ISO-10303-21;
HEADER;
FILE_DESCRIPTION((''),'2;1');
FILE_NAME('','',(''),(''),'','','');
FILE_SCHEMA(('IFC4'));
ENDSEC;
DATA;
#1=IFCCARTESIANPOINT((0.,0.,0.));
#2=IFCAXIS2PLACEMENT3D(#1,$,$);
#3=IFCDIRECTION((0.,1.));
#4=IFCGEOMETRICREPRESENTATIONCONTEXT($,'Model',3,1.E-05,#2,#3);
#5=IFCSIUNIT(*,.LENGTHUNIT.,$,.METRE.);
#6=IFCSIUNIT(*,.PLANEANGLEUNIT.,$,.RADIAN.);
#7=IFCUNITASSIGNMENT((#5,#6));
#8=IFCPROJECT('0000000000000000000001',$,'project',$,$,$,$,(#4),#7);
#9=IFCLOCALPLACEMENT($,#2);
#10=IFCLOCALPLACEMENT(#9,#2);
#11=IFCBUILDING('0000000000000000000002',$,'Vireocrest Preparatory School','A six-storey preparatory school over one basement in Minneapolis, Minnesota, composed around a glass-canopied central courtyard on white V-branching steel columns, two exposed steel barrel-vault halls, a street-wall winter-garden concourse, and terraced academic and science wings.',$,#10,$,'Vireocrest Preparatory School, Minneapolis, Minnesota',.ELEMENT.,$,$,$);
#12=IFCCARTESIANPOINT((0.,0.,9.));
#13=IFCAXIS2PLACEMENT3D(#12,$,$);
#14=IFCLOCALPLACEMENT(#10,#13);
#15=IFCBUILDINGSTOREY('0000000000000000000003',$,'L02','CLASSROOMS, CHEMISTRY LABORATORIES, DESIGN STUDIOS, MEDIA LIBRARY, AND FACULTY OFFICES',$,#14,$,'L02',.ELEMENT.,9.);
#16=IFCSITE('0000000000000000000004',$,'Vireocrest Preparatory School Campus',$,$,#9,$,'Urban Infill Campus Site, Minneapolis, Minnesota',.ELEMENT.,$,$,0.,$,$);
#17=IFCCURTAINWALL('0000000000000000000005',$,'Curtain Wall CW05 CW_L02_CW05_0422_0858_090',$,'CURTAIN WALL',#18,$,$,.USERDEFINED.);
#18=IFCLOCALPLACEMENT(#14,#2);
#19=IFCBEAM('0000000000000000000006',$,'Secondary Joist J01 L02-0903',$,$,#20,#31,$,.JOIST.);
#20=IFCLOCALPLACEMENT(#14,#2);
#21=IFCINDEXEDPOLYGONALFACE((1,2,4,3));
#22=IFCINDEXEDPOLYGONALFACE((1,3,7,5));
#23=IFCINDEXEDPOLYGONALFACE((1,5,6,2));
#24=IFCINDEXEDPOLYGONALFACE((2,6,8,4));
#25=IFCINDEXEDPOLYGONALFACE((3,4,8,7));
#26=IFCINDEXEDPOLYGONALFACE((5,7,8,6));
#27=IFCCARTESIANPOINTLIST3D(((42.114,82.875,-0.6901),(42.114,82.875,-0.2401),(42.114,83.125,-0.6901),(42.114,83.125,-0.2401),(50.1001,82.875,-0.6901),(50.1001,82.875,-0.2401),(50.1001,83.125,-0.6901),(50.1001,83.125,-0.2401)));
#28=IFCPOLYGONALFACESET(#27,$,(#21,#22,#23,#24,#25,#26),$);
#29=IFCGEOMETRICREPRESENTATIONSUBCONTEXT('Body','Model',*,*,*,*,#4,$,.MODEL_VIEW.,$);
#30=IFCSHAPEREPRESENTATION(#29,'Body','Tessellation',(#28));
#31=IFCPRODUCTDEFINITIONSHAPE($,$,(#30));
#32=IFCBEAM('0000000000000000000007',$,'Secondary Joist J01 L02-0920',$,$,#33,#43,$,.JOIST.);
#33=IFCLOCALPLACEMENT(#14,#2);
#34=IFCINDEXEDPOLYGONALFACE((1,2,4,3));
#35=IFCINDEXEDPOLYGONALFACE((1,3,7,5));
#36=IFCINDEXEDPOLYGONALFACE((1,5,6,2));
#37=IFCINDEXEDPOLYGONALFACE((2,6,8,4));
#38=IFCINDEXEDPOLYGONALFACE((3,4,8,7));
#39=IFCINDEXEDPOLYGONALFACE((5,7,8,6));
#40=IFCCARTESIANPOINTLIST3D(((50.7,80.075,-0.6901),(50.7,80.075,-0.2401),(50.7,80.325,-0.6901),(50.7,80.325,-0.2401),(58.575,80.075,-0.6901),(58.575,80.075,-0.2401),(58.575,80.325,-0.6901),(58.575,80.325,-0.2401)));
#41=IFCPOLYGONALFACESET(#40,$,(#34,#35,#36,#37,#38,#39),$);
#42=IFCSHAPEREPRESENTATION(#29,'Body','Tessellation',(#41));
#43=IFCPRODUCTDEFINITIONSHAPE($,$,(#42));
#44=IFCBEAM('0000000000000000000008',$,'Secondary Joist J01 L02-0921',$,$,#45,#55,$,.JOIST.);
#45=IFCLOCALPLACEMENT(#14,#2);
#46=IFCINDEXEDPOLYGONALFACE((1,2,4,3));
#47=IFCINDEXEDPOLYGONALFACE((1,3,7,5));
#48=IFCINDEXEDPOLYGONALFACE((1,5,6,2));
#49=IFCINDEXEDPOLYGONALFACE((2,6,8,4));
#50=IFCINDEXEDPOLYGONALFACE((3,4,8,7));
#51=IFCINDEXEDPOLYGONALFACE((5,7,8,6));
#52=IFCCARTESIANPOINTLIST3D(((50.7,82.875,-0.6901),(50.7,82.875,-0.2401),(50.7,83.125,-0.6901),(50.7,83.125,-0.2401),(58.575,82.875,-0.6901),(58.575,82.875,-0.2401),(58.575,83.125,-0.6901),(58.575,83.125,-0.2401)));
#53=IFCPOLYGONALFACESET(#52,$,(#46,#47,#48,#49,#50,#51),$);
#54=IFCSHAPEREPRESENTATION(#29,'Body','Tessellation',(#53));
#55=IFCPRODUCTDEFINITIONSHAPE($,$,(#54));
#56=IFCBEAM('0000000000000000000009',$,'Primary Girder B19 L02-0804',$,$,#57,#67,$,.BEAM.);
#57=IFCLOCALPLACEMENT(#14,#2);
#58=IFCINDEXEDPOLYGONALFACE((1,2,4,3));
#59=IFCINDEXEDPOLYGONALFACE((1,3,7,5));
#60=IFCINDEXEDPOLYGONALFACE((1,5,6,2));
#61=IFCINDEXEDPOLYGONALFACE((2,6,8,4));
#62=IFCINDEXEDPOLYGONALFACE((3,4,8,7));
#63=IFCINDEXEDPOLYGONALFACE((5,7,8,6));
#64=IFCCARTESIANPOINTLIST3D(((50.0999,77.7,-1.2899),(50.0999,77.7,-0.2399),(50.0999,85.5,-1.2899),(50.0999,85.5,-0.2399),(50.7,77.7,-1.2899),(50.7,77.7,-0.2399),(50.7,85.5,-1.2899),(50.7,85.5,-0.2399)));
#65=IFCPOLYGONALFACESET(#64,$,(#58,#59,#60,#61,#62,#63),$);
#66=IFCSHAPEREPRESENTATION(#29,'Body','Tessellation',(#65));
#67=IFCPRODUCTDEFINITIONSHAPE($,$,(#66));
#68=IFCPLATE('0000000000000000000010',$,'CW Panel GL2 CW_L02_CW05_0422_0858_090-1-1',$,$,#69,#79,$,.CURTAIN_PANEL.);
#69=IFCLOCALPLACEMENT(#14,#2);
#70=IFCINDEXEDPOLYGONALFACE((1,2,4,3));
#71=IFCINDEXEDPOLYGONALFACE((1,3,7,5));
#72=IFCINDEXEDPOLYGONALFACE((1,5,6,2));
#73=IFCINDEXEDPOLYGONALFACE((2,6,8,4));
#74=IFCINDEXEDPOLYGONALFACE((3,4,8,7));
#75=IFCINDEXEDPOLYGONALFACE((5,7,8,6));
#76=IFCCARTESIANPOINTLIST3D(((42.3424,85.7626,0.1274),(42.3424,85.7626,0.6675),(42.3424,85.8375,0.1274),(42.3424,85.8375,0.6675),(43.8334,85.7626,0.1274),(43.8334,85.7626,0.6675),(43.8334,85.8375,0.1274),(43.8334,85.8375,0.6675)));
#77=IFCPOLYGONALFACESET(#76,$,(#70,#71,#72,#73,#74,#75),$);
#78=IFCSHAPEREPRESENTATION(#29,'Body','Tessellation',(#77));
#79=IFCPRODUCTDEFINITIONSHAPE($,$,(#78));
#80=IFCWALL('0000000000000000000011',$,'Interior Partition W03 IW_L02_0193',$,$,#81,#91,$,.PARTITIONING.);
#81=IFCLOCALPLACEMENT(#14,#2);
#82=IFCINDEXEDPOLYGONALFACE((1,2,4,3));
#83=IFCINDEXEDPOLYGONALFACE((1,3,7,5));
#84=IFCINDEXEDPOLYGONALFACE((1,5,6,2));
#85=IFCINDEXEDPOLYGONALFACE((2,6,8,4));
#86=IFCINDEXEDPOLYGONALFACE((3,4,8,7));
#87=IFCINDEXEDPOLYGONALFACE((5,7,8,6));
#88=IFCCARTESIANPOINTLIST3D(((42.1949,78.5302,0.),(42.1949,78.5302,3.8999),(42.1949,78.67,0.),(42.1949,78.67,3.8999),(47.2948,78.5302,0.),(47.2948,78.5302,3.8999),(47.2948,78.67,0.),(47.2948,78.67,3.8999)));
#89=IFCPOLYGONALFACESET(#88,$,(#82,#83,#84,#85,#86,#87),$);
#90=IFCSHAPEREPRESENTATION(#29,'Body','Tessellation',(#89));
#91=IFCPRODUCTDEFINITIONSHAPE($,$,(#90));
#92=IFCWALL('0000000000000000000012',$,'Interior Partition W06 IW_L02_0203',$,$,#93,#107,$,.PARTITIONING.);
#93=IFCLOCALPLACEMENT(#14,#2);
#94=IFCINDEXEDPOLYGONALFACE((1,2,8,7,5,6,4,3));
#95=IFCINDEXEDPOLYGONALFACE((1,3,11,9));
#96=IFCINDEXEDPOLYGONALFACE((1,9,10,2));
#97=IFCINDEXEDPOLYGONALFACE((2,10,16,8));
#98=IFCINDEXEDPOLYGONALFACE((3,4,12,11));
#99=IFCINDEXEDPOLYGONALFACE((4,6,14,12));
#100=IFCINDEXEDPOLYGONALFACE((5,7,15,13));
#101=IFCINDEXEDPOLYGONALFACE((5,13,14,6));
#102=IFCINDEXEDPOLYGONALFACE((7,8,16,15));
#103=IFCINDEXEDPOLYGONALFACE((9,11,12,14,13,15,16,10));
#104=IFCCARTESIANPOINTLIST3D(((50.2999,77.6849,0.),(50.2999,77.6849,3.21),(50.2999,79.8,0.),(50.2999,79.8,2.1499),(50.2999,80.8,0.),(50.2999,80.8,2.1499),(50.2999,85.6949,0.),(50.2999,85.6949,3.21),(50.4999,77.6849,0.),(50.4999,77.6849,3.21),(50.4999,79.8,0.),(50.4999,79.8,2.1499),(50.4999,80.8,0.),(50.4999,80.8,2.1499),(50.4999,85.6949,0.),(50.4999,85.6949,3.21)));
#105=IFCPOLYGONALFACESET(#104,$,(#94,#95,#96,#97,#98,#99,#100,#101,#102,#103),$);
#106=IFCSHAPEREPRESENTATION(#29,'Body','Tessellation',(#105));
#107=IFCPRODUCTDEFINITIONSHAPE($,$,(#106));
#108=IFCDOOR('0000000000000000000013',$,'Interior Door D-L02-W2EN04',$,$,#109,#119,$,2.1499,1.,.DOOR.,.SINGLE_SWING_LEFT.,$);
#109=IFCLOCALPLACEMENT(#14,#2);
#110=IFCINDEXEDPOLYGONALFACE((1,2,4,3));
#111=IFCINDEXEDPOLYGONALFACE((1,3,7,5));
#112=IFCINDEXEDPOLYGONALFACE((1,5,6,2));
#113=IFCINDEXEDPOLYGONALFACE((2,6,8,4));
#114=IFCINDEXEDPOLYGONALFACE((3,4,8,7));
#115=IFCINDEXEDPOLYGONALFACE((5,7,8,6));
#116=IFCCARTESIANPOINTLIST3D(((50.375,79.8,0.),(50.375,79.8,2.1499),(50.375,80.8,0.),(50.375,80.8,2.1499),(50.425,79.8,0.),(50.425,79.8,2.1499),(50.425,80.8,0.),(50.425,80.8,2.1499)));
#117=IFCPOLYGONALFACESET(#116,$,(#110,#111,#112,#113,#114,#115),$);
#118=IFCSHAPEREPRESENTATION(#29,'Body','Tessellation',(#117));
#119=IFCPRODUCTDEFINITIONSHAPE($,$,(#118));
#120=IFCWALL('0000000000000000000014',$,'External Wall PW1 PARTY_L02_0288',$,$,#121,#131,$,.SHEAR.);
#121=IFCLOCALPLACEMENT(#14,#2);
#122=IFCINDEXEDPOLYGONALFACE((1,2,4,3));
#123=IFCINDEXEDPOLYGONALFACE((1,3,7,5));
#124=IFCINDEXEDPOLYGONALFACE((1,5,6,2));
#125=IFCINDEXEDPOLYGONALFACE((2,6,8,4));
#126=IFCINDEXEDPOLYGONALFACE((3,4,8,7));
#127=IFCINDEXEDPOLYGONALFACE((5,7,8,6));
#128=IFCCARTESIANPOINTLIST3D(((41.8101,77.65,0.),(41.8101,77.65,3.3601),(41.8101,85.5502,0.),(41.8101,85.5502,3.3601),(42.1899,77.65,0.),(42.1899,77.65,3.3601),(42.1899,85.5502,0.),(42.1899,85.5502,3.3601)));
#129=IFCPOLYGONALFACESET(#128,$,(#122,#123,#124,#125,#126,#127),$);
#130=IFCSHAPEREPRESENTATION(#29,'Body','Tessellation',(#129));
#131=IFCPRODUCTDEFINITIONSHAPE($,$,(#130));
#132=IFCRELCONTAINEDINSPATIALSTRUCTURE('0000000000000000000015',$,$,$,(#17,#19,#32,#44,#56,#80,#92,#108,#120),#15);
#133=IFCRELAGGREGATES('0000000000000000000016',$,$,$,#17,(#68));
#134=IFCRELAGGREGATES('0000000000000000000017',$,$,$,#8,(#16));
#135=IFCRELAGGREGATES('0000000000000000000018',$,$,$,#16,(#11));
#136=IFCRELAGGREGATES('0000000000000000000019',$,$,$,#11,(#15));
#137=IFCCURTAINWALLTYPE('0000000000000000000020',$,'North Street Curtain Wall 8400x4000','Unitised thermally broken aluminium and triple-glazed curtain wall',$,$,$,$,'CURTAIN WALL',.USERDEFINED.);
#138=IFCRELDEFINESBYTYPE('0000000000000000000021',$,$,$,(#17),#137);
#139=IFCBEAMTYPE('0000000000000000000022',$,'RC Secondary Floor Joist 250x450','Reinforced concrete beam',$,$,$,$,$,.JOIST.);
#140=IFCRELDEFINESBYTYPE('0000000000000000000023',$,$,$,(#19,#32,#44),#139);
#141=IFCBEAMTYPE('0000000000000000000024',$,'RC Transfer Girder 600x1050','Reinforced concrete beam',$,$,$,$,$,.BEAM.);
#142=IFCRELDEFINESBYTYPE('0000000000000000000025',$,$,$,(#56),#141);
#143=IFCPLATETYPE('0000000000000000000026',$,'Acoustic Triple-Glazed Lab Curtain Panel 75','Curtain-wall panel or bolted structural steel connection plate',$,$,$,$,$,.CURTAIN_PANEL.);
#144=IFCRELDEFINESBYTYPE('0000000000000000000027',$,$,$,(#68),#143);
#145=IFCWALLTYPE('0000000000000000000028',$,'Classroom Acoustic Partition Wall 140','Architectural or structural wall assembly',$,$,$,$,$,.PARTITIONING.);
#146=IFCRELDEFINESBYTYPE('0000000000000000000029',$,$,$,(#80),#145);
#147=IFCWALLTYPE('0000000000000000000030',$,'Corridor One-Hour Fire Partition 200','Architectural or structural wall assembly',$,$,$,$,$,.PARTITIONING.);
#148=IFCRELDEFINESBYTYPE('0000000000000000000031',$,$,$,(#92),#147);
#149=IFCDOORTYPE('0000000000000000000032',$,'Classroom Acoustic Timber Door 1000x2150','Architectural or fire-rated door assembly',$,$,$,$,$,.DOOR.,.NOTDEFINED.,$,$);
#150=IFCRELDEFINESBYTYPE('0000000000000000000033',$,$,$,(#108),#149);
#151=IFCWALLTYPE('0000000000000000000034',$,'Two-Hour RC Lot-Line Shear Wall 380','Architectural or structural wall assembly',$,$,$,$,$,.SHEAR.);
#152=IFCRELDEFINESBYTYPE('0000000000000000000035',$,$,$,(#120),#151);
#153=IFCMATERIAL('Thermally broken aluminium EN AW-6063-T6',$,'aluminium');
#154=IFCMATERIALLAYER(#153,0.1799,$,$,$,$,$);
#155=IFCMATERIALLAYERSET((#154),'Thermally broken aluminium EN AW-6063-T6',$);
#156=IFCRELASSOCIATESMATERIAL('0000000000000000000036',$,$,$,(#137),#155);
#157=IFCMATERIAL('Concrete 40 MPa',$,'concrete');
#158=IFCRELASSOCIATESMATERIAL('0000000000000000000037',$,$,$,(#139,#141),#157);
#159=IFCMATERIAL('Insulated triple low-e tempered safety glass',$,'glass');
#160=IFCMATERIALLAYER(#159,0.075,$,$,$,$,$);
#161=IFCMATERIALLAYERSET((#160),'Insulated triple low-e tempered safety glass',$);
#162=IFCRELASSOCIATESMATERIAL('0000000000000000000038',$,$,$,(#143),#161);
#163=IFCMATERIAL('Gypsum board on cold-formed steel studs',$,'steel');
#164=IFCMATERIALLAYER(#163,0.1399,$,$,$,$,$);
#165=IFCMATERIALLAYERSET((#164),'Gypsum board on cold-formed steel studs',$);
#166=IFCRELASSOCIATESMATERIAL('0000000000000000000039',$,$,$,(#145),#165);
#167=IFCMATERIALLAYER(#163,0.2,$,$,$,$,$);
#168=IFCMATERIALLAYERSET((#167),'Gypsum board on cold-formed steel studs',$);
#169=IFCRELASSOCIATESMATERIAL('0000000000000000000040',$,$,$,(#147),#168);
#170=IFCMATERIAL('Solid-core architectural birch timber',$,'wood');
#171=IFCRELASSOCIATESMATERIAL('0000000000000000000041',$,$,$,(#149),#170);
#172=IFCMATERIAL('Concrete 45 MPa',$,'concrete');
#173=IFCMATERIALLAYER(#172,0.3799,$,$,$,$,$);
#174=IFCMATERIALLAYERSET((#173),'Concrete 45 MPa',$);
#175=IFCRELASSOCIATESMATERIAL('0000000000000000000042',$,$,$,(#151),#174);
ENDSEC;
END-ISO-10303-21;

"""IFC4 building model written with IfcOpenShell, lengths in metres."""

from ifc_helpers import new_model, si_unit, direction, frame, frame_2d, origin, origin_2d, place, context, subcontext, project, spatial, rectangle, extrude, material, layer, layer_set, material_profile, profile_set, type_object, element, fill, aggregate, save


model = new_model("IFC4")

# Units and contexts
model_context = context("Model", 3, precision=1e-05, world=origin(), true_north=direction((0.0, 1.0)))
body_context = subcontext(model_context, "Body", "Model", "MODEL_VIEW")
ifc_project = project(units=[si_unit("LENGTHUNIT", "METRE"), si_unit("PLANEANGLEUNIT", "RADIAN")], contexts=[model_context])

# Site, building, storey
site_placement = place(None, origin())
site = spatial("IfcSite", under=ifc_project, at=site_placement, Name="Vireocrest Preparatory School Campus", LongName="Urban Infill Campus Site, Minneapolis, Minnesota", CompositionType="ELEMENT", RefElevation=0.0)
building_placement = place(site_placement, origin())
building = spatial("IfcBuilding", under=site, at=building_placement, Name="Vireocrest Preparatory School", Description="A six-storey preparatory school over one basement in Minneapolis, Minnesota, composed around a glass-canopied central courtyard on white V-branching steel columns, two exposed steel barrel-vault halls, a street-wall winter-garden concourse, and terraced academic and science wings.", LongName="Vireocrest Preparatory School, Minneapolis, Minnesota", CompositionType="ELEMENT")
storey_placement = place(building_placement, frame((0.0, 0.0, 9.0)))
storey = spatial("IfcBuildingStorey", under=building, at=storey_placement, Name="L02", Description="CLASSROOMS, CHEMISTRY LABORATORIES, DESIGN STUDIOS, MEDIA LIBRARY, AND FACULTY OFFICES", LongName="L02", CompositionType="ELEMENT", Elevation=9.0)

# Shared definitions
ifc_material_1 = material(Name="Concrete 45 MPa", Category="concrete")

# Curtain wall
ifc_material_2 = material(Name="Thermally broken aluminium EN AW-6063-T6", Category="aluminium")
ifc_layer_1 = layer(ifc_material_2, 0.1799)
ifc_layer_set_1 = layer_set([ifc_layer_1], Name="Thermally broken aluminium EN AW-6063-T6")
curtain_wall_type = type_object("IfcCurtainWallType", Name="North Street Curtain Wall 8400x4000", Description="Unitised thermally broken aluminium and triple-glazed curtain wall", ElementType="CURTAIN WALL", PredefinedType="USERDEFINED", material=ifc_layer_set_1)
curtain_wall_placement = place(storey_placement, origin())
curtain_wall = element("IfcCurtainWall", 1, at=curtain_wall_placement, inside=storey, type_object=curtain_wall_type, Name="Curtain Wall CW05 CW_L02_CW05_0422_0858_090", ObjectType="CURTAIN WALL", PredefinedType="USERDEFINED")

# Beams
ifc_material_3 = material(Name="Concrete 40 MPa", Category="concrete")
ifc_material_profile_1 = material_profile(ifc_material_3, rectangle(XDim=0.25, YDim=0.45, at=origin_2d()), Name="RC 250x450")
ifc_profile_set_1 = profile_set([ifc_material_profile_1], Name="Concrete 40 MPa")
beam_type_1 = type_object("IfcBeamType", Name="RC Secondary Floor Joist 250x450", Description="Reinforced concrete beam", PredefinedType="JOIST", material=ifc_profile_set_1)
for number, where, z_axis, x_axis, name in (
    (2, (42.114, 83.0, -0.4651), (1.0, 0.0, 0.0), (0.0, 1.0, 0.0), "Secondary Joist J01 L02-0903"),
):
    element("IfcBeam", number, at=place(storey_placement, frame(where, z_axis=z_axis, x_axis=x_axis)), inside=storey, type_object=beam_type_1, Name=name, PredefinedType="JOIST", context=body_context, shape_type="SweptSolid", body=[
        extrude(rectangle(XDim=0.25, YDim=0.45, at=origin_2d()), origin(), (0.0, 0.0, 1.0), 7.9861),
    ])
for number, where, z_axis, x_axis, name in (
    (3, (50.7, 80.2, -0.4651), (1.0, 0.0, 0.0), (0.0, 1.0, 0.0), "Secondary Joist J01 L02-0920"),
    (4, (50.7, 83.0, -0.4651), (1.0, 0.0, 0.0), (0.0, 1.0, 0.0), "Secondary Joist J01 L02-0921"),
):
    element("IfcBeam", number, at=place(storey_placement, frame(where, z_axis=z_axis, x_axis=x_axis)), inside=storey, type_object=beam_type_1, Name=name, PredefinedType="JOIST", context=body_context, shape_type="SweptSolid", body=[
        extrude(rectangle(XDim=0.25, YDim=0.45, at=origin_2d()), origin(), (0.0, 0.0, 1.0), 7.875),
    ])
ifc_material_profile_2 = material_profile(ifc_material_3, rectangle(XDim=0.6001, YDim=1.05, at=origin_2d()), Name="RC 600x1050")
ifc_profile_set_2 = profile_set([ifc_material_profile_2], Name="Concrete 40 MPa")
beam_type_2 = type_object("IfcBeamType", Name="RC Transfer Girder 600x1050", Description="Reinforced concrete beam", PredefinedType="BEAM", material=ifc_profile_set_2)
beam_1_placement = place(storey_placement, frame((50.3999, 77.7, -0.7649), z_axis=(0.0, 1.0, 0.0), x_axis=(-1.0, 0.0, 0.0)))
element("IfcBeam", 5, at=beam_1_placement, inside=storey, type_object=beam_type_2, Name="Primary Girder B19 L02-0804", PredefinedType="BEAM", context=body_context, shape_type="SweptSolid", body=[
    extrude(rectangle(XDim=0.6001, YDim=1.05, at=origin_2d()), origin(), (0.0, 0.0, 1.0), 7.8),
])

# Plate
ifc_material_4 = material(Name="Insulated triple low-e tempered safety glass", Category="glass")
ifc_layer_2 = layer(ifc_material_4, 0.075)
ifc_layer_set_2 = layer_set([ifc_layer_2], Name="Insulated triple low-e tempered safety glass")
plate_type = type_object("IfcPlateType", Name="Acoustic Triple-Glazed Lab Curtain Panel 75", Description="Curtain-wall panel or bolted structural steel connection plate", PredefinedType="CURTAIN_PANEL", material=ifc_layer_set_2)
plate_placement = place(storey_placement, frame((43.0879, 85.8, 0.1274), z_axis=(0.0, 0.0, 1.0), x_axis=(1.0, 0.0, 0.0)))
plate = element("IfcPlate", 6, at=plate_placement, type_object=plate_type, Name="CW Panel GL2 CW_L02_CW05_0422_0858_090-1-1", PredefinedType="CURTAIN_PANEL", context=body_context, shape_type="SweptSolid", body=[
    extrude(rectangle(XDim=1.491, YDim=0.075, at=origin_2d()), origin(), (0.0, 0.0, 1.0), 0.54),
])
aggregate(curtain_wall, [plate])

# Wall
ifc_material_5 = material(Name="Gypsum board on cold-formed steel studs", Category="steel")
ifc_layer_3 = layer(ifc_material_5, 0.1399)
ifc_layer_set_3 = layer_set([ifc_layer_3], Name="Gypsum board on cold-formed steel studs")
wall_type_1 = type_object("IfcWallType", Name="Classroom Acoustic Partition Wall 140", Description="Architectural or structural wall assembly", PredefinedType="PARTITIONING", material=ifc_layer_set_3)
wall_1_placement = place(storey_placement, frame((42.1951, 78.6001, 0.0), z_axis=(0.0, 0.0, 1.0), x_axis=(1.0, 0.0, 0.0)))
element("IfcWall", 7, at=wall_1_placement, inside=storey, type_object=wall_type_1, Name="Interior Partition W03 IW_L02_0193", PredefinedType="PARTITIONING", context=body_context, shape_type="SweptSolid", body=[
    extrude(rectangle(XDim=5.0999, YDim=0.1399, at=frame_2d((2.5498, 0.0))), origin(), (0.0, 0.0, 1.0), 3.8999),
])

# Wall, opening, door
ifc_layer_4 = layer(ifc_material_5, 0.2)
ifc_layer_set_4 = layer_set([ifc_layer_4], Name="Gypsum board on cold-formed steel studs")
wall_type_2 = type_object("IfcWallType", Name="Corridor One-Hour Fire Partition 200", Description="Architectural or structural wall assembly", PredefinedType="PARTITIONING", material=ifc_layer_set_4)
wall_2_placement = place(storey_placement, frame((50.3999, 77.6851, 0.0), z_axis=(0.0, 0.0, 1.0), x_axis=(0.0, 1.0, 0.0)))
wall_2 = element("IfcWall", 8, at=wall_2_placement, inside=storey, type_object=wall_type_2, Name="Interior Partition W06 IW_L02_0203", PredefinedType="PARTITIONING", context=body_context, shape_type="SweptSolid", body=[
    extrude(rectangle(XDim=8.01, YDim=0.2, at=frame_2d((4.0049, 0.0))), origin(), (0.0, 0.0, 1.0), 3.21),
])
opening_placement = place(wall_2_placement, frame((2.115, 0.0, 0.0)))
opening = element("IfcOpeningElement", 9, at=opening_placement, cuts=wall_2, PredefinedType="OPENING", context=body_context, shape_type="SweptSolid", body=[
    extrude(rectangle(XDim=1.0, YDim=2.1499, at=frame_2d((0.5, 1.075))), frame((0.0, 0.1099, 0.0), z_axis=(0.0, -1.0, 0.0), x_axis=(1.0, 0.0, 0.0)), (0.0, 0.0, 1.0), 0.22),
])
ifc_material_6 = material(Name="Solid-core architectural birch timber", Category="wood")
door_type = type_object("IfcDoorType", Name="Classroom Acoustic Timber Door 1000x2150", Description="Architectural or fire-rated door assembly", OperationType="NOTDEFINED", PredefinedType="DOOR", material=ifc_material_6)
door_placement = place(opening_placement, origin())
door = element("IfcDoor", 10, at=door_placement, inside=storey, type_object=door_type, Name="Interior Door D-L02-W2EN04", OperationType="SINGLE_SWING_LEFT", OverallHeight=2.1499, OverallWidth=1.0, PredefinedType="DOOR", context=body_context, shape_type="SweptSolid", body=[
    extrude(rectangle(XDim=1.0, YDim=2.1499, at=frame_2d((0.5, 1.075))), frame((0.0, 0.0249, 0.0), z_axis=(0.0, -1.0, 0.0), x_axis=(1.0, 0.0, 0.0)), (0.0, 0.0, 1.0), 0.05),
])
fill(opening, door)

# Wall
ifc_layer_5 = layer(ifc_material_1, 0.3799)
ifc_layer_set_5 = layer_set([ifc_layer_5], Name="Concrete 45 MPa")
wall_type_3 = type_object("IfcWallType", Name="Two-Hour RC Lot-Line Shear Wall 380", Description="Architectural or structural wall assembly", PredefinedType="SHEAR", material=ifc_layer_set_5)
wall_3_placement = place(storey_placement, frame((42.0, 77.6499, 0.0), z_axis=(0.0, 0.0, 1.0), x_axis=(0.0, 1.0, 0.0)))
element("IfcWall", 11, at=wall_3_placement, inside=storey, type_object=wall_type_3, Name="External Wall PW1 PARTY_L02_0288", PredefinedType="SHEAR", context=body_context, shape_type="SweptSolid", body=[
    extrude(rectangle(XDim=7.9001, YDim=0.3799, at=frame_2d((3.9502, 0.0))), origin(), (0.0, 0.0, 1.0), 3.3601),
])

save(model, "model.ifc")
